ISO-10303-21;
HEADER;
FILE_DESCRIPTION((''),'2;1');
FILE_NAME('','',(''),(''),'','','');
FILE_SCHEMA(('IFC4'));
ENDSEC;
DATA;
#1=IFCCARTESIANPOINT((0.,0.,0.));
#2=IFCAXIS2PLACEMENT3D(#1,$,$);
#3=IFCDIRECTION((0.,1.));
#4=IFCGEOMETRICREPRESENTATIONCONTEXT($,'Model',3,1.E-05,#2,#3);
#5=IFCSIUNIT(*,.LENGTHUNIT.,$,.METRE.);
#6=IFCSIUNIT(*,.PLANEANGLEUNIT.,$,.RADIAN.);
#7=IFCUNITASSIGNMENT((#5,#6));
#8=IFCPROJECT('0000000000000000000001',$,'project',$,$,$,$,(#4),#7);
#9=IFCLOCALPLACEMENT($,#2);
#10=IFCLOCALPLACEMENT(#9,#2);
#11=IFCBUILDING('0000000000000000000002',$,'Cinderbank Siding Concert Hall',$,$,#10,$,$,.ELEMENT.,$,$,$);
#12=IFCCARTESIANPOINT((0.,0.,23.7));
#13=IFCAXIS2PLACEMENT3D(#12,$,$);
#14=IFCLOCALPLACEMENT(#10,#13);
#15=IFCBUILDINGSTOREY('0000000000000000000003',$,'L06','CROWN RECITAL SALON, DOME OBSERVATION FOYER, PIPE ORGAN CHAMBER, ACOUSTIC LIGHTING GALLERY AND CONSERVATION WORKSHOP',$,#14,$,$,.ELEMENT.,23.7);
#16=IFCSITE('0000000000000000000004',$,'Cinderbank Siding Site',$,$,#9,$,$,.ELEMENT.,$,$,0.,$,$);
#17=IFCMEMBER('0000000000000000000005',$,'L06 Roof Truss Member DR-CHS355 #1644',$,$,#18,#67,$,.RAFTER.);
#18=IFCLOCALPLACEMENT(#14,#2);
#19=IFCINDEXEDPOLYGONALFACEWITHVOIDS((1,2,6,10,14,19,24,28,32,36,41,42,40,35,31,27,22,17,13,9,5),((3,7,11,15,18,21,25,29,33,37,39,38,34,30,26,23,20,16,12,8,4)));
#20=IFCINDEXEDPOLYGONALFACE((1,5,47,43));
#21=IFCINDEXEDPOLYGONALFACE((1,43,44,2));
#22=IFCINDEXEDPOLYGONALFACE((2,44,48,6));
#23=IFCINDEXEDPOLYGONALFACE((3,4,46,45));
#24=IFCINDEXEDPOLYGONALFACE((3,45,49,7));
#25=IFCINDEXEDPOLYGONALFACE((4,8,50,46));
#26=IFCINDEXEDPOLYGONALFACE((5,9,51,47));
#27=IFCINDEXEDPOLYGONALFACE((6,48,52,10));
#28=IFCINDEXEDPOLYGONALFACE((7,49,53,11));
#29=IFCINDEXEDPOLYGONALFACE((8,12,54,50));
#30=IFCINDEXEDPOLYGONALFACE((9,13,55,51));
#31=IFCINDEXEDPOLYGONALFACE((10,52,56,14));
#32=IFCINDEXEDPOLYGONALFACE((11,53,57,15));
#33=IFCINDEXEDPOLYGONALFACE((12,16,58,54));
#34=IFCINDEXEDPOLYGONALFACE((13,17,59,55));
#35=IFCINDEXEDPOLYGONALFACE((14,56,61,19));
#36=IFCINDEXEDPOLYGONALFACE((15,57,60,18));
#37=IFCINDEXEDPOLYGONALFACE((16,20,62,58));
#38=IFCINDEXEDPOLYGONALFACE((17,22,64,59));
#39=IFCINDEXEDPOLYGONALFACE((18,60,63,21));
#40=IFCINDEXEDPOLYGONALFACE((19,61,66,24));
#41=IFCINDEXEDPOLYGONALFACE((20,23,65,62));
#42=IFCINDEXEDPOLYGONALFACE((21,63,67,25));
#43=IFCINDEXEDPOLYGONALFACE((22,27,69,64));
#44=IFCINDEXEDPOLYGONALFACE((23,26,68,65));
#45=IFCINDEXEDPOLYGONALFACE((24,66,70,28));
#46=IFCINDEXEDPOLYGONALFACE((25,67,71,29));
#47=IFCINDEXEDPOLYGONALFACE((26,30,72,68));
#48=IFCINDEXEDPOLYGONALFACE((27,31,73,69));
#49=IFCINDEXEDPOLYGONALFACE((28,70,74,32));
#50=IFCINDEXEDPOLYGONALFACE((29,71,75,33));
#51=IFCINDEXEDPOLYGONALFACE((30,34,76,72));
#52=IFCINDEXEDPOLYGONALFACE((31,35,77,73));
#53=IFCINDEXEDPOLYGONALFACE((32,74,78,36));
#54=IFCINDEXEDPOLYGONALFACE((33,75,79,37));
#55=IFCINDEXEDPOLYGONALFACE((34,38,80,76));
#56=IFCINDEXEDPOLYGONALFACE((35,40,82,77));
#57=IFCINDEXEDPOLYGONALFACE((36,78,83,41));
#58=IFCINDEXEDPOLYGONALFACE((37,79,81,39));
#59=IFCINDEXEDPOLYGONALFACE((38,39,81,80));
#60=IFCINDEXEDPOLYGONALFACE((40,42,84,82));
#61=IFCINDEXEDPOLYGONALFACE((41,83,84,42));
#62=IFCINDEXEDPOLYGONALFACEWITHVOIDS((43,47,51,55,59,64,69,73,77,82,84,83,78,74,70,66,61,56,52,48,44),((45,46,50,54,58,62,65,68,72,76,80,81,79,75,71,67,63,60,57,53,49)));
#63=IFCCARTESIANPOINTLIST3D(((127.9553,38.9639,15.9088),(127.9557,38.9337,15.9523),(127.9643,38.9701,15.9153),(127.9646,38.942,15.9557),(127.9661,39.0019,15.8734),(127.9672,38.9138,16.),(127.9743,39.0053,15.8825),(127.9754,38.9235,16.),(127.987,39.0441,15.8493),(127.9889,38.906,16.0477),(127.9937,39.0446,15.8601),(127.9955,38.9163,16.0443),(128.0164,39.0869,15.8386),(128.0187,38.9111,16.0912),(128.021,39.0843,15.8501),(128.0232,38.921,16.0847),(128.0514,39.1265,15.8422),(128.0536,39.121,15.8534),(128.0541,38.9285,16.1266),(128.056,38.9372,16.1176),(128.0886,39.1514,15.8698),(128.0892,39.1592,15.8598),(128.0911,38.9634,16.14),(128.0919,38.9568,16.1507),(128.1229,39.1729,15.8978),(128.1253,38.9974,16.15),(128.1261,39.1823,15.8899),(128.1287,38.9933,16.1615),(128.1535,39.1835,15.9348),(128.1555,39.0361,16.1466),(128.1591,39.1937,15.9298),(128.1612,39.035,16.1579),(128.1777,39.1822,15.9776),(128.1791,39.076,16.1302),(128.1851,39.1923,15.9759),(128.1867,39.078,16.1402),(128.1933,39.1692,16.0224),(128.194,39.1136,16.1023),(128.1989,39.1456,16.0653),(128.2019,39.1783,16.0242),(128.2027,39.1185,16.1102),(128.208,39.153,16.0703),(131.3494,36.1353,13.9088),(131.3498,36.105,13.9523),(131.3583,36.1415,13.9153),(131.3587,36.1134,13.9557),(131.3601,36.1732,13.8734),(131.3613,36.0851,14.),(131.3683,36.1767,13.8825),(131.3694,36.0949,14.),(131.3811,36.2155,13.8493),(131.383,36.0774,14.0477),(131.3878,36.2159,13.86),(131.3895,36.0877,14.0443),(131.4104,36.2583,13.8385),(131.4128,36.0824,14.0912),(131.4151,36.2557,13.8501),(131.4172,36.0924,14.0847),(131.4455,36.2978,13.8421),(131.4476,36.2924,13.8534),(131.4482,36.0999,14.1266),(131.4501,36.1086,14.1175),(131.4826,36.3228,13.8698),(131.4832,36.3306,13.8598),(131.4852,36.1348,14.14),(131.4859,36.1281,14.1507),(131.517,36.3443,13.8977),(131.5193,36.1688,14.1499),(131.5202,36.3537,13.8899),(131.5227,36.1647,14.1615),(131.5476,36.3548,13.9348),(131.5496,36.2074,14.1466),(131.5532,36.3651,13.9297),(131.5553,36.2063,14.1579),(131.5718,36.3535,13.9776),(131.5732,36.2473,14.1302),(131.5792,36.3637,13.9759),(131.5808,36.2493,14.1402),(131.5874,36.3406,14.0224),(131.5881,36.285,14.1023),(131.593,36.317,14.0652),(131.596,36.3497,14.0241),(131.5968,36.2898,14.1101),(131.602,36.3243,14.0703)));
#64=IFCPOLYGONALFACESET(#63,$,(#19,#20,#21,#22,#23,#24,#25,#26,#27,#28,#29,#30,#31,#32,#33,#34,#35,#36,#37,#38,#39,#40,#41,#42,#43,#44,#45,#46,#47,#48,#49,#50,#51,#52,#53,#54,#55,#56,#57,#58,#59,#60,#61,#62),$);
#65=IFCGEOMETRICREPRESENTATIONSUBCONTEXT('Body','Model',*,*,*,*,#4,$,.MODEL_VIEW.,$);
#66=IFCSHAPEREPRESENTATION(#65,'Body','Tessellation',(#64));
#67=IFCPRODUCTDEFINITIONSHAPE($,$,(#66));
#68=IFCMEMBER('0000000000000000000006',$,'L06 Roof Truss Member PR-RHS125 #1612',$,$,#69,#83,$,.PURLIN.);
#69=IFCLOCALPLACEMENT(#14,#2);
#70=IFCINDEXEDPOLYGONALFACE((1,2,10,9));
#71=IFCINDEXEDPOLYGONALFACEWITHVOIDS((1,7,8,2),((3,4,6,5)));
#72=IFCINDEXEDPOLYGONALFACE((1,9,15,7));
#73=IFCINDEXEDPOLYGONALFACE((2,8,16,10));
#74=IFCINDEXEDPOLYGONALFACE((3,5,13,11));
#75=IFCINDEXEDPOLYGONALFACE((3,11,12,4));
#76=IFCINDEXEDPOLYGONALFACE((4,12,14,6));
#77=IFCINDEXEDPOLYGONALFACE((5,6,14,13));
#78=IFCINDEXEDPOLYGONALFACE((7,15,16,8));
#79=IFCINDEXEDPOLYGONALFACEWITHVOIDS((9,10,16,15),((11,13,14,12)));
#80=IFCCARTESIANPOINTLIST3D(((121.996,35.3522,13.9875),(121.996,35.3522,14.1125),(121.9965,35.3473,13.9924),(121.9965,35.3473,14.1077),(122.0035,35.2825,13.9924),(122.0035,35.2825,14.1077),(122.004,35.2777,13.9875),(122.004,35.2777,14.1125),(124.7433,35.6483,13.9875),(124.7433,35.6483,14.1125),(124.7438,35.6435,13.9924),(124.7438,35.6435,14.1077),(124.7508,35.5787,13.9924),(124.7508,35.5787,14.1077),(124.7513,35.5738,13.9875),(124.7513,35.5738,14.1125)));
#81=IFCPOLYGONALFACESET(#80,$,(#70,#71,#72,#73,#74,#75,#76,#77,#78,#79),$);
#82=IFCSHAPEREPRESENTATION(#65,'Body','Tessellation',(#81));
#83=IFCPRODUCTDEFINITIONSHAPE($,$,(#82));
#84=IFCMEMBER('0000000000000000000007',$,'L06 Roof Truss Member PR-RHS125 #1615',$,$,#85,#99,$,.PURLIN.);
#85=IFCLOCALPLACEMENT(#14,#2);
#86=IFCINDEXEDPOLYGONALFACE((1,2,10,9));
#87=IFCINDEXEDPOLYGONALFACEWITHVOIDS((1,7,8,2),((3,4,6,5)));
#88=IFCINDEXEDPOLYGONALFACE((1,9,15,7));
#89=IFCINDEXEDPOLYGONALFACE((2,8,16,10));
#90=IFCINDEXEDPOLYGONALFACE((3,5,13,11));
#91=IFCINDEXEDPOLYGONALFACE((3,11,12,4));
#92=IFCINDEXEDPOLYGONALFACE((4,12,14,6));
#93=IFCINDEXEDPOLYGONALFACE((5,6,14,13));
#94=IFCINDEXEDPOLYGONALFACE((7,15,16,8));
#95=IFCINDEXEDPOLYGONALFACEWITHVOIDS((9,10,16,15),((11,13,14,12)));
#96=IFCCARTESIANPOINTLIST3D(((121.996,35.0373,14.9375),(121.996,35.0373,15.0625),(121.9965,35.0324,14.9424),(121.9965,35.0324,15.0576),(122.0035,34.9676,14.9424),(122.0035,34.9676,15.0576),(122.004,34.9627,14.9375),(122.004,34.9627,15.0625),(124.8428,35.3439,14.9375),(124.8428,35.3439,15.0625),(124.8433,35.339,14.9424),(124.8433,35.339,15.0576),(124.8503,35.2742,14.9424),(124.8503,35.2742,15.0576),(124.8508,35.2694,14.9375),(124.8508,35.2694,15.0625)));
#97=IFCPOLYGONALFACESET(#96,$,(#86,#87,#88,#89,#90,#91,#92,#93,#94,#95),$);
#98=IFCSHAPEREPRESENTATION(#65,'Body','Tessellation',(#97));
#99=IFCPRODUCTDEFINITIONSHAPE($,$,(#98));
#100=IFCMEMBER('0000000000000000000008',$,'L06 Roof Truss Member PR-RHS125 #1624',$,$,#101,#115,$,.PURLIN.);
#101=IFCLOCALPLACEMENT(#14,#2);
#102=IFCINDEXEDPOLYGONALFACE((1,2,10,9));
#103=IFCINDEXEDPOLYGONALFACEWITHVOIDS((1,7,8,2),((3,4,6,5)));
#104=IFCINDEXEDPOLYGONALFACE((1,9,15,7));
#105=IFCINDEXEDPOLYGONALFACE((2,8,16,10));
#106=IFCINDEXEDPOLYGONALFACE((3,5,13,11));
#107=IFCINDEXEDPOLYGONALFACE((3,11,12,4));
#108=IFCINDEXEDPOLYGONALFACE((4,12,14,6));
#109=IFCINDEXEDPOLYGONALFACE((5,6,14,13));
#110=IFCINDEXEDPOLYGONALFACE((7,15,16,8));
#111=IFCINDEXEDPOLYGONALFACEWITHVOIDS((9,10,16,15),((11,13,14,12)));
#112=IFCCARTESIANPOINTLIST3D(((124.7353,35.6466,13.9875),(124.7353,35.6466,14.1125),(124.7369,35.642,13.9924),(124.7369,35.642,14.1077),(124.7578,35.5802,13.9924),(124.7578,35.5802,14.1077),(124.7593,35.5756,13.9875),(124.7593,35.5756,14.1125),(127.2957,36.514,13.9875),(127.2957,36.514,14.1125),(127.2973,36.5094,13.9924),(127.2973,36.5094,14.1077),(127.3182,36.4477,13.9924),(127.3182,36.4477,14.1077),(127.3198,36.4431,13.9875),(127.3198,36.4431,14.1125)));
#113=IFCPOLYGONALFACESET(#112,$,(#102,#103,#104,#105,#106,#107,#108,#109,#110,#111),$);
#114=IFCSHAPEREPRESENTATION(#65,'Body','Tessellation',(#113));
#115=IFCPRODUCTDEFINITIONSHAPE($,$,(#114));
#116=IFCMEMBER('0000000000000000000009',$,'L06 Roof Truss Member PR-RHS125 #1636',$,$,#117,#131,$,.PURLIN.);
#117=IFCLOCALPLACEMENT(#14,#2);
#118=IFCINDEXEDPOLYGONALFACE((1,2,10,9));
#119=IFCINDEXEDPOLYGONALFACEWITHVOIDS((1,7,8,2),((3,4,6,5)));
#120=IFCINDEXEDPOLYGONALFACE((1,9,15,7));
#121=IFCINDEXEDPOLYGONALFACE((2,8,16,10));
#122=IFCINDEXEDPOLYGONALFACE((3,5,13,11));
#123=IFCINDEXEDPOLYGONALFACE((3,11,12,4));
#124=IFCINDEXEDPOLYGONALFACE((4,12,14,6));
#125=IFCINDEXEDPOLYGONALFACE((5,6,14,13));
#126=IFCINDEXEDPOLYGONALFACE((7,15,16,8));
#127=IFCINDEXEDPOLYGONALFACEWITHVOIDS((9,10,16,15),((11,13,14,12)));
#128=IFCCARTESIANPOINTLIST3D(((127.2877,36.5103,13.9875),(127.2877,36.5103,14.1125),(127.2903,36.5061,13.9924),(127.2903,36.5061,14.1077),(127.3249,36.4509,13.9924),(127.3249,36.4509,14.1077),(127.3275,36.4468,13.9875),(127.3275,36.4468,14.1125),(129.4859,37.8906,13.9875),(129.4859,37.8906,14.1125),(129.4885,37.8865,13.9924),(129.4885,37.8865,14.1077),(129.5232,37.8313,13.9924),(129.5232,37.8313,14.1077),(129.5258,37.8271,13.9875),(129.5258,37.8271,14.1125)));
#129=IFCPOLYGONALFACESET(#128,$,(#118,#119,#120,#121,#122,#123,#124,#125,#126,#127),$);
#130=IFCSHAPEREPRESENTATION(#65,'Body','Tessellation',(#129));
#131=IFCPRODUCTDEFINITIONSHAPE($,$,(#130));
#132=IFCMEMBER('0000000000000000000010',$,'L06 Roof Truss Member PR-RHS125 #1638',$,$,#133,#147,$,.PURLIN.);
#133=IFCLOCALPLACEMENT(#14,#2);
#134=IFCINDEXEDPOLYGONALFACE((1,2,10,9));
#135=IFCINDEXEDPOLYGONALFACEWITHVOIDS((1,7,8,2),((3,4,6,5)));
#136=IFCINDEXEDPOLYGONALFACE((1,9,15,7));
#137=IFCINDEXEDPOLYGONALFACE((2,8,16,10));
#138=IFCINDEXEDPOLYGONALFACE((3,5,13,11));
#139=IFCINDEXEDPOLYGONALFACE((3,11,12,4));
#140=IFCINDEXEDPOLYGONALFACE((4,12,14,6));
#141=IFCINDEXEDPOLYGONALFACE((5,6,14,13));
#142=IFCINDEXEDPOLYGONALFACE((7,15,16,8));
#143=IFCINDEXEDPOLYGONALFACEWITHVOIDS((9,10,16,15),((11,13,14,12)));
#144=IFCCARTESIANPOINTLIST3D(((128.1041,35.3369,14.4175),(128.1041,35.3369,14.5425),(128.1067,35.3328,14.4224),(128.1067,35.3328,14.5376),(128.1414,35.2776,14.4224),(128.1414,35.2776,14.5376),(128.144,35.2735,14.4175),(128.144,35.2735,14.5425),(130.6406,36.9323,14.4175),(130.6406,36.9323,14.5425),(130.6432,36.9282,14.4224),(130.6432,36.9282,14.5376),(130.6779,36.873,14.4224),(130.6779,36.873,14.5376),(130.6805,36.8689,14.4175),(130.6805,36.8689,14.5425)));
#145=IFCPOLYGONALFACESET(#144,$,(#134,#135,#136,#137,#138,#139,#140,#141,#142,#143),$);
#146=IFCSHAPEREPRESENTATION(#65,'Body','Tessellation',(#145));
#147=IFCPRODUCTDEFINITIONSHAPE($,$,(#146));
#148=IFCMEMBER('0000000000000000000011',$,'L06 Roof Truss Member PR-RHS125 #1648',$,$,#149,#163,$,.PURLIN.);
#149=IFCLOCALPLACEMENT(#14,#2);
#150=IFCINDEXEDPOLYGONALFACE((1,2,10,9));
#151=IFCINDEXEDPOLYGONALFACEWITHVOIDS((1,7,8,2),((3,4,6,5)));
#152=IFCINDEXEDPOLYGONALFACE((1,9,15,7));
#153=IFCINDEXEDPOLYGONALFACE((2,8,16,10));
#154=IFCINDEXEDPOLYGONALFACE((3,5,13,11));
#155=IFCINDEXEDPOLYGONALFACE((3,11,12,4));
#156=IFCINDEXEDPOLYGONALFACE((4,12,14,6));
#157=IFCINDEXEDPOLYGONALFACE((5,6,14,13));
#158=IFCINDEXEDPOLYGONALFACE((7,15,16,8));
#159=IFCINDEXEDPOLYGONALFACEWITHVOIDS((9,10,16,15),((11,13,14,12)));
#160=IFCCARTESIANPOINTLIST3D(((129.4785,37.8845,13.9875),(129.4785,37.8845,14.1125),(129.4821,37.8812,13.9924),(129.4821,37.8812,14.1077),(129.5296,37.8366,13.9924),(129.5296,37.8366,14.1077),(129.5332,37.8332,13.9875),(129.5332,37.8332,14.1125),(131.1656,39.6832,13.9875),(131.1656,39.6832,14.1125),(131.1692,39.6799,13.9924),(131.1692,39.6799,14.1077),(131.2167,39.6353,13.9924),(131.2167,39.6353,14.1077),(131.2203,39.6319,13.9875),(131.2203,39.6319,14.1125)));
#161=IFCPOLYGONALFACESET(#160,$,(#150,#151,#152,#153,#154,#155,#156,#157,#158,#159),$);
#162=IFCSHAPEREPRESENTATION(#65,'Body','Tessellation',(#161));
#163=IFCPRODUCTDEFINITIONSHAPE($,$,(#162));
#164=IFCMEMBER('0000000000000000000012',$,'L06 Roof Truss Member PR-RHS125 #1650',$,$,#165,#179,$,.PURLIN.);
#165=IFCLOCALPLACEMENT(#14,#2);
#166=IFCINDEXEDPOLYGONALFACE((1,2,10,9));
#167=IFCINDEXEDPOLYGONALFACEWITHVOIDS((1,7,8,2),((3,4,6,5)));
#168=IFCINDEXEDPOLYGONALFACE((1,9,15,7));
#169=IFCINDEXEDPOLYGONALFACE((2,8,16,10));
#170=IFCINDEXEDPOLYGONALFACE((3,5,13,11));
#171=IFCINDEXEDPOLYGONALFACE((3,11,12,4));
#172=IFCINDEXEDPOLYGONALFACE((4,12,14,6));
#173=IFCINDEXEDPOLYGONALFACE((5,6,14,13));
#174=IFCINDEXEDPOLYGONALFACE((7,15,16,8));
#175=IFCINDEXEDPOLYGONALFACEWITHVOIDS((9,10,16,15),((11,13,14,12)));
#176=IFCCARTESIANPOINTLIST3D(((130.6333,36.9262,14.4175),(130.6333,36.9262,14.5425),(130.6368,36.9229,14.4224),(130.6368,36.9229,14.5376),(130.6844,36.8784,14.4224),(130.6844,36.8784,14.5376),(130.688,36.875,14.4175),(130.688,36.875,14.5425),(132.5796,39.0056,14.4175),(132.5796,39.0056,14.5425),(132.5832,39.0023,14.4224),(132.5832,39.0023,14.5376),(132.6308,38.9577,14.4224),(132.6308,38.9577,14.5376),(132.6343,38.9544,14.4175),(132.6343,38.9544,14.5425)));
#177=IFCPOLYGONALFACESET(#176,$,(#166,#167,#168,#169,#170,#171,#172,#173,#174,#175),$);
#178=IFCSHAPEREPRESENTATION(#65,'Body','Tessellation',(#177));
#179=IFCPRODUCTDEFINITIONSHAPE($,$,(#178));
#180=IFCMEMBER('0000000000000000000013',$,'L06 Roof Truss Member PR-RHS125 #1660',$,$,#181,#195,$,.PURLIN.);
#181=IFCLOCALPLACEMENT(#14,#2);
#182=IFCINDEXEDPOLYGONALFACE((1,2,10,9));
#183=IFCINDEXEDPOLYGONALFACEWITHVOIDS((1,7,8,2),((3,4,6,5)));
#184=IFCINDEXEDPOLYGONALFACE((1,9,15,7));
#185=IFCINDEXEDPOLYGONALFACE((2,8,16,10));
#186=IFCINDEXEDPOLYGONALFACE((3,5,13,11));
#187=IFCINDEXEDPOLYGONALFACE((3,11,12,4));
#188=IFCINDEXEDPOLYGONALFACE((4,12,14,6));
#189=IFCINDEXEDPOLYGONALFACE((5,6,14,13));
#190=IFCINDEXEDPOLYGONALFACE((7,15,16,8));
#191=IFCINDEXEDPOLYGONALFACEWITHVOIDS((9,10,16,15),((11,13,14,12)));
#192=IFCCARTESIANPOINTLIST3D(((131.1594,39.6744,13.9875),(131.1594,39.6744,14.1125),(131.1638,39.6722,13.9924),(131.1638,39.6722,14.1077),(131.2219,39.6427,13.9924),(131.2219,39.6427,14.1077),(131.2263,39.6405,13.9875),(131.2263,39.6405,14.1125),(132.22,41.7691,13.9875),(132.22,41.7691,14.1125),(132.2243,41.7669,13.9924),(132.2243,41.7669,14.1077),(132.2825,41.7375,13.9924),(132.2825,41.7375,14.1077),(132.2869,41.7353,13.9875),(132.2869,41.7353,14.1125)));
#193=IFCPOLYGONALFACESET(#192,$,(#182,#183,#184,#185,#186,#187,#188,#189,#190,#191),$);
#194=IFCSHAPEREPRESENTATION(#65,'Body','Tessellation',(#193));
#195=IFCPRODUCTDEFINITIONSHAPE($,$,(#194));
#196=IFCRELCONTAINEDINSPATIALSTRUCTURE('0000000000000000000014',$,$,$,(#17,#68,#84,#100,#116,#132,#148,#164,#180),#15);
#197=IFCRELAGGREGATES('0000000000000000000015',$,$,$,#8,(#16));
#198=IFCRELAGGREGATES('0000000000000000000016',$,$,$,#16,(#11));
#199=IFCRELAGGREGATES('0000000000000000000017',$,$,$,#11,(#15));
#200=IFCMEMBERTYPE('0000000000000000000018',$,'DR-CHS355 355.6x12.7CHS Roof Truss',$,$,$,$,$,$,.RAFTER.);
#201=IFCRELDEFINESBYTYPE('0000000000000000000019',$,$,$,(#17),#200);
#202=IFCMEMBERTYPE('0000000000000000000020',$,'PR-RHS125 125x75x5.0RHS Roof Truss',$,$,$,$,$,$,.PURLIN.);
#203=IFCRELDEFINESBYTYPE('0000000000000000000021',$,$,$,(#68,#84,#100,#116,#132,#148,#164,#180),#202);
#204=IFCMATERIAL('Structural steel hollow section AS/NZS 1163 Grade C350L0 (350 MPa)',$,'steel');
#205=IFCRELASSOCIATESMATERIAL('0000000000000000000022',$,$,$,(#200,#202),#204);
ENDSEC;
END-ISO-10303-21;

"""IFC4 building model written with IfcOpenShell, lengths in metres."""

from ifc_helpers import new_model, si_unit, direction, frame, origin, origin_2d, place, context, subcontext, project, spatial, hollow_rectangle, hollow_circle, extrude, material, material_profile, profile_set, type_object, element, save


model = new_model("IFC4")

# Units and contexts
model_context = context("Model", 3, precision=1e-05, world=origin(), true_north=direction((0.0, 1.0)))
body_context = subcontext(model_context, "Body", "Model", "MODEL_VIEW")
ifc_project = project(units=[si_unit("LENGTHUNIT", "METRE"), si_unit("PLANEANGLEUNIT", "RADIAN")], contexts=[model_context])

# Site, building, storey
site_placement = place(None, origin())
site = spatial("IfcSite", under=ifc_project, at=site_placement, Name="Cinderbank Siding Site", CompositionType="ELEMENT", RefElevation=0.0)
building_placement = place(site_placement, origin())
building = spatial("IfcBuilding", under=site, at=building_placement, Name="Cinderbank Siding Concert Hall", CompositionType="ELEMENT")
storey_placement = place(building_placement, frame((0.0, 0.0, 23.7)))
storey = spatial("IfcBuildingStorey", under=building, at=storey_placement, Name="L06", Description="CROWN RECITAL SALON, DOME OBSERVATION FOYER, PIPE ORGAN CHAMBER, ACOUSTIC LIGHTING GALLERY AND CONSERVATION WORKSHOP", CompositionType="ELEMENT", Elevation=23.7)

# Members
ifc_material_1 = material(Name="Structural steel hollow section AS/NZS 1163 Grade C350L0 (350 MPa)", Category="steel")
ifc_material_profile_1 = material_profile(ifc_material_1, hollow_circle(Radius=0.1777, WallThickness=0.0127, at=origin_2d()), Name="355.6x12.7CHS", Category="LoadBearing")
ifc_profile_set_1 = profile_set([ifc_material_profile_1], Name="Structural steel hollow section AS/NZS 1163 Grade C350L0 (350 MPa)")
member_type_1 = type_object("IfcMemberType", Name="DR-CHS355 355.6x12.7CHS Roof Truss", PredefinedType="RAFTER", material=ifc_profile_set_1)
member_1_placement = place(storey_placement, frame((131.4751, 36.2217, 14.0), z_axis=(-0.699831, 0.583243, 0.412388), x_axis=(-0.640217, -0.768194, 0.0)))
element("IfcMember", 1, at=member_1_placement, inside=storey, type_object=member_type_1, Name="L06 Roof Truss Member DR-CHS355 #1644", PredefinedType="RAFTER", context=body_context, shape_type="SweptSolid", body=[
    extrude(hollow_circle(Radius=0.1777, WallThickness=0.0127, at=origin_2d()), origin(), (0.0, 0.0, 1.0), 4.8499),
])
ifc_material_profile_2 = material_profile(ifc_material_1, hollow_rectangle(XDim=0.075, YDim=0.125, WallThickness=0.0049, at=origin_2d()), Name="125x75x5.0RHS", Category="LoadBearing")
ifc_profile_set_2 = profile_set([ifc_material_profile_2], Name="Structural steel hollow section AS/NZS 1163 Grade C350L0 (350 MPa)")
member_type_2 = type_object("IfcMemberType", Name="PR-RHS125 125x75x5.0RHS Roof Truss", PredefinedType="PURLIN", material=ifc_profile_set_2)
member_2_placement = place(storey_placement, frame((122.0, 35.3149, 14.05), z_axis=(0.99424, 0.107173, 0.0), x_axis=(-0.107173, 0.99424, 0.0)))
element("IfcMember", 2, at=member_2_placement, inside=storey, type_object=member_type_2, Name="L06 Roof Truss Member PR-RHS125 #1612", PredefinedType="PURLIN", context=body_context, shape_type="SweptSolid", body=[
    extrude(hollow_rectangle(XDim=0.075, YDim=0.125, WallThickness=0.0049, at=origin_2d()), origin(), (0.0, 0.0, 1.0), 2.7632),
])
member_3_placement = place(storey_placement, frame((122.0, 35.0, 15.0), z_axis=(0.994249, 0.10709, 0.0), x_axis=(-0.10709, 0.994249, 0.0)))
element("IfcMember", 3, at=member_3_placement, inside=storey, type_object=member_type_2, Name="L06 Roof Truss Member PR-RHS125 #1615", PredefinedType="PURLIN", context=body_context, shape_type="SweptSolid", body=[
    extrude(hollow_rectangle(XDim=0.075, YDim=0.125, WallThickness=0.0049, at=origin_2d()), origin(), (0.0, 0.0, 1.0), 2.8633),
])
member_4_placement = place(storey_placement, frame((124.7473, 35.6111, 14.05), z_axis=(0.947118, 0.320884, 0.0), x_axis=(-0.320884, 0.947118, 0.0)))
element("IfcMember", 4, at=member_4_placement, inside=storey, type_object=member_type_2, Name="L06 Roof Truss Member PR-RHS125 #1624", PredefinedType="PURLIN", context=body_context, shape_type="SweptSolid", body=[
    extrude(hollow_rectangle(XDim=0.075, YDim=0.125, WallThickness=0.0049, at=origin_2d()), origin(), (0.0, 0.0, 1.0), 2.7034),
])
member_5_placement = place(storey_placement, frame((127.3076, 36.4785, 14.05), z_axis=(0.846876, 0.53179, 0.0), x_axis=(-0.53179, 0.846876, 0.0)))
element("IfcMember", 5, at=member_5_placement, inside=storey, type_object=member_type_2, Name="L06 Roof Truss Member PR-RHS125 #1636", PredefinedType="PURLIN", context=body_context, shape_type="SweptSolid", body=[
    extrude(hollow_rectangle(XDim=0.075, YDim=0.125, WallThickness=0.0049, at=origin_2d()), origin(), (0.0, 0.0, 1.0), 2.5957),
])
member_6_placement = place(storey_placement, frame((128.124, 35.3052, 14.48), z_axis=(0.846484, 0.532413, 0.0), x_axis=(-0.532413, 0.846484, 0.0)))
element("IfcMember", 6, at=member_6_placement, inside=storey, type_object=member_type_2, Name="L06 Roof Truss Member PR-RHS125 #1638", PredefinedType="PURLIN", context=body_context, shape_type="SweptSolid", body=[
    extrude(hollow_rectangle(XDim=0.075, YDim=0.125, WallThickness=0.0049, at=origin_2d()), origin(), (0.0, 0.0, 1.0), 2.9966),
])
member_7_placement = place(storey_placement, frame((129.5059, 37.8589, 14.05), z_axis=(0.684122, 0.729367, 0.0), x_axis=(-0.729367, 0.684122, 0.0)))
element("IfcMember", 7, at=member_7_placement, inside=storey, type_object=member_type_2, Name="L06 Roof Truss Member PR-RHS125 #1648", PredefinedType="PURLIN", context=body_context, shape_type="SweptSolid", body=[
    extrude(hollow_rectangle(XDim=0.075, YDim=0.125, WallThickness=0.0049, at=origin_2d()), origin(), (0.0, 0.0, 1.0), 2.4661),
])
member_8_placement = place(storey_placement, frame((130.6606, 36.9006, 14.48), z_axis=(0.683362, 0.73008, 0.0), x_axis=(-0.73008, 0.683362, 0.0)))
element("IfcMember", 8, at=member_8_placement, inside=storey, type_object=member_type_2, Name="L06 Roof Truss Member PR-RHS125 #1650", PredefinedType="PURLIN", context=body_context, shape_type="SweptSolid", body=[
    extrude(hollow_rectangle(XDim=0.075, YDim=0.125, WallThickness=0.0049, at=origin_2d()), origin(), (0.0, 0.0, 1.0), 2.8481),
])
member_9_placement = place(storey_placement, frame((131.1929, 39.6575, 14.05), z_axis=(0.4517, 0.89217, 0.0), x_axis=(-0.89217, 0.4517, 0.0)))
element("IfcMember", 9, at=member_9_placement, inside=storey, type_object=member_type_2, Name="L06 Roof Truss Member PR-RHS125 #1660", PredefinedType="PURLIN", context=body_context, shape_type="SweptSolid", body=[
    extrude(hollow_rectangle(XDim=0.075, YDim=0.125, WallThickness=0.0049, at=origin_2d()), origin(), (0.0, 0.0, 1.0), 2.3479),
])

save(model, "model.ifc")
